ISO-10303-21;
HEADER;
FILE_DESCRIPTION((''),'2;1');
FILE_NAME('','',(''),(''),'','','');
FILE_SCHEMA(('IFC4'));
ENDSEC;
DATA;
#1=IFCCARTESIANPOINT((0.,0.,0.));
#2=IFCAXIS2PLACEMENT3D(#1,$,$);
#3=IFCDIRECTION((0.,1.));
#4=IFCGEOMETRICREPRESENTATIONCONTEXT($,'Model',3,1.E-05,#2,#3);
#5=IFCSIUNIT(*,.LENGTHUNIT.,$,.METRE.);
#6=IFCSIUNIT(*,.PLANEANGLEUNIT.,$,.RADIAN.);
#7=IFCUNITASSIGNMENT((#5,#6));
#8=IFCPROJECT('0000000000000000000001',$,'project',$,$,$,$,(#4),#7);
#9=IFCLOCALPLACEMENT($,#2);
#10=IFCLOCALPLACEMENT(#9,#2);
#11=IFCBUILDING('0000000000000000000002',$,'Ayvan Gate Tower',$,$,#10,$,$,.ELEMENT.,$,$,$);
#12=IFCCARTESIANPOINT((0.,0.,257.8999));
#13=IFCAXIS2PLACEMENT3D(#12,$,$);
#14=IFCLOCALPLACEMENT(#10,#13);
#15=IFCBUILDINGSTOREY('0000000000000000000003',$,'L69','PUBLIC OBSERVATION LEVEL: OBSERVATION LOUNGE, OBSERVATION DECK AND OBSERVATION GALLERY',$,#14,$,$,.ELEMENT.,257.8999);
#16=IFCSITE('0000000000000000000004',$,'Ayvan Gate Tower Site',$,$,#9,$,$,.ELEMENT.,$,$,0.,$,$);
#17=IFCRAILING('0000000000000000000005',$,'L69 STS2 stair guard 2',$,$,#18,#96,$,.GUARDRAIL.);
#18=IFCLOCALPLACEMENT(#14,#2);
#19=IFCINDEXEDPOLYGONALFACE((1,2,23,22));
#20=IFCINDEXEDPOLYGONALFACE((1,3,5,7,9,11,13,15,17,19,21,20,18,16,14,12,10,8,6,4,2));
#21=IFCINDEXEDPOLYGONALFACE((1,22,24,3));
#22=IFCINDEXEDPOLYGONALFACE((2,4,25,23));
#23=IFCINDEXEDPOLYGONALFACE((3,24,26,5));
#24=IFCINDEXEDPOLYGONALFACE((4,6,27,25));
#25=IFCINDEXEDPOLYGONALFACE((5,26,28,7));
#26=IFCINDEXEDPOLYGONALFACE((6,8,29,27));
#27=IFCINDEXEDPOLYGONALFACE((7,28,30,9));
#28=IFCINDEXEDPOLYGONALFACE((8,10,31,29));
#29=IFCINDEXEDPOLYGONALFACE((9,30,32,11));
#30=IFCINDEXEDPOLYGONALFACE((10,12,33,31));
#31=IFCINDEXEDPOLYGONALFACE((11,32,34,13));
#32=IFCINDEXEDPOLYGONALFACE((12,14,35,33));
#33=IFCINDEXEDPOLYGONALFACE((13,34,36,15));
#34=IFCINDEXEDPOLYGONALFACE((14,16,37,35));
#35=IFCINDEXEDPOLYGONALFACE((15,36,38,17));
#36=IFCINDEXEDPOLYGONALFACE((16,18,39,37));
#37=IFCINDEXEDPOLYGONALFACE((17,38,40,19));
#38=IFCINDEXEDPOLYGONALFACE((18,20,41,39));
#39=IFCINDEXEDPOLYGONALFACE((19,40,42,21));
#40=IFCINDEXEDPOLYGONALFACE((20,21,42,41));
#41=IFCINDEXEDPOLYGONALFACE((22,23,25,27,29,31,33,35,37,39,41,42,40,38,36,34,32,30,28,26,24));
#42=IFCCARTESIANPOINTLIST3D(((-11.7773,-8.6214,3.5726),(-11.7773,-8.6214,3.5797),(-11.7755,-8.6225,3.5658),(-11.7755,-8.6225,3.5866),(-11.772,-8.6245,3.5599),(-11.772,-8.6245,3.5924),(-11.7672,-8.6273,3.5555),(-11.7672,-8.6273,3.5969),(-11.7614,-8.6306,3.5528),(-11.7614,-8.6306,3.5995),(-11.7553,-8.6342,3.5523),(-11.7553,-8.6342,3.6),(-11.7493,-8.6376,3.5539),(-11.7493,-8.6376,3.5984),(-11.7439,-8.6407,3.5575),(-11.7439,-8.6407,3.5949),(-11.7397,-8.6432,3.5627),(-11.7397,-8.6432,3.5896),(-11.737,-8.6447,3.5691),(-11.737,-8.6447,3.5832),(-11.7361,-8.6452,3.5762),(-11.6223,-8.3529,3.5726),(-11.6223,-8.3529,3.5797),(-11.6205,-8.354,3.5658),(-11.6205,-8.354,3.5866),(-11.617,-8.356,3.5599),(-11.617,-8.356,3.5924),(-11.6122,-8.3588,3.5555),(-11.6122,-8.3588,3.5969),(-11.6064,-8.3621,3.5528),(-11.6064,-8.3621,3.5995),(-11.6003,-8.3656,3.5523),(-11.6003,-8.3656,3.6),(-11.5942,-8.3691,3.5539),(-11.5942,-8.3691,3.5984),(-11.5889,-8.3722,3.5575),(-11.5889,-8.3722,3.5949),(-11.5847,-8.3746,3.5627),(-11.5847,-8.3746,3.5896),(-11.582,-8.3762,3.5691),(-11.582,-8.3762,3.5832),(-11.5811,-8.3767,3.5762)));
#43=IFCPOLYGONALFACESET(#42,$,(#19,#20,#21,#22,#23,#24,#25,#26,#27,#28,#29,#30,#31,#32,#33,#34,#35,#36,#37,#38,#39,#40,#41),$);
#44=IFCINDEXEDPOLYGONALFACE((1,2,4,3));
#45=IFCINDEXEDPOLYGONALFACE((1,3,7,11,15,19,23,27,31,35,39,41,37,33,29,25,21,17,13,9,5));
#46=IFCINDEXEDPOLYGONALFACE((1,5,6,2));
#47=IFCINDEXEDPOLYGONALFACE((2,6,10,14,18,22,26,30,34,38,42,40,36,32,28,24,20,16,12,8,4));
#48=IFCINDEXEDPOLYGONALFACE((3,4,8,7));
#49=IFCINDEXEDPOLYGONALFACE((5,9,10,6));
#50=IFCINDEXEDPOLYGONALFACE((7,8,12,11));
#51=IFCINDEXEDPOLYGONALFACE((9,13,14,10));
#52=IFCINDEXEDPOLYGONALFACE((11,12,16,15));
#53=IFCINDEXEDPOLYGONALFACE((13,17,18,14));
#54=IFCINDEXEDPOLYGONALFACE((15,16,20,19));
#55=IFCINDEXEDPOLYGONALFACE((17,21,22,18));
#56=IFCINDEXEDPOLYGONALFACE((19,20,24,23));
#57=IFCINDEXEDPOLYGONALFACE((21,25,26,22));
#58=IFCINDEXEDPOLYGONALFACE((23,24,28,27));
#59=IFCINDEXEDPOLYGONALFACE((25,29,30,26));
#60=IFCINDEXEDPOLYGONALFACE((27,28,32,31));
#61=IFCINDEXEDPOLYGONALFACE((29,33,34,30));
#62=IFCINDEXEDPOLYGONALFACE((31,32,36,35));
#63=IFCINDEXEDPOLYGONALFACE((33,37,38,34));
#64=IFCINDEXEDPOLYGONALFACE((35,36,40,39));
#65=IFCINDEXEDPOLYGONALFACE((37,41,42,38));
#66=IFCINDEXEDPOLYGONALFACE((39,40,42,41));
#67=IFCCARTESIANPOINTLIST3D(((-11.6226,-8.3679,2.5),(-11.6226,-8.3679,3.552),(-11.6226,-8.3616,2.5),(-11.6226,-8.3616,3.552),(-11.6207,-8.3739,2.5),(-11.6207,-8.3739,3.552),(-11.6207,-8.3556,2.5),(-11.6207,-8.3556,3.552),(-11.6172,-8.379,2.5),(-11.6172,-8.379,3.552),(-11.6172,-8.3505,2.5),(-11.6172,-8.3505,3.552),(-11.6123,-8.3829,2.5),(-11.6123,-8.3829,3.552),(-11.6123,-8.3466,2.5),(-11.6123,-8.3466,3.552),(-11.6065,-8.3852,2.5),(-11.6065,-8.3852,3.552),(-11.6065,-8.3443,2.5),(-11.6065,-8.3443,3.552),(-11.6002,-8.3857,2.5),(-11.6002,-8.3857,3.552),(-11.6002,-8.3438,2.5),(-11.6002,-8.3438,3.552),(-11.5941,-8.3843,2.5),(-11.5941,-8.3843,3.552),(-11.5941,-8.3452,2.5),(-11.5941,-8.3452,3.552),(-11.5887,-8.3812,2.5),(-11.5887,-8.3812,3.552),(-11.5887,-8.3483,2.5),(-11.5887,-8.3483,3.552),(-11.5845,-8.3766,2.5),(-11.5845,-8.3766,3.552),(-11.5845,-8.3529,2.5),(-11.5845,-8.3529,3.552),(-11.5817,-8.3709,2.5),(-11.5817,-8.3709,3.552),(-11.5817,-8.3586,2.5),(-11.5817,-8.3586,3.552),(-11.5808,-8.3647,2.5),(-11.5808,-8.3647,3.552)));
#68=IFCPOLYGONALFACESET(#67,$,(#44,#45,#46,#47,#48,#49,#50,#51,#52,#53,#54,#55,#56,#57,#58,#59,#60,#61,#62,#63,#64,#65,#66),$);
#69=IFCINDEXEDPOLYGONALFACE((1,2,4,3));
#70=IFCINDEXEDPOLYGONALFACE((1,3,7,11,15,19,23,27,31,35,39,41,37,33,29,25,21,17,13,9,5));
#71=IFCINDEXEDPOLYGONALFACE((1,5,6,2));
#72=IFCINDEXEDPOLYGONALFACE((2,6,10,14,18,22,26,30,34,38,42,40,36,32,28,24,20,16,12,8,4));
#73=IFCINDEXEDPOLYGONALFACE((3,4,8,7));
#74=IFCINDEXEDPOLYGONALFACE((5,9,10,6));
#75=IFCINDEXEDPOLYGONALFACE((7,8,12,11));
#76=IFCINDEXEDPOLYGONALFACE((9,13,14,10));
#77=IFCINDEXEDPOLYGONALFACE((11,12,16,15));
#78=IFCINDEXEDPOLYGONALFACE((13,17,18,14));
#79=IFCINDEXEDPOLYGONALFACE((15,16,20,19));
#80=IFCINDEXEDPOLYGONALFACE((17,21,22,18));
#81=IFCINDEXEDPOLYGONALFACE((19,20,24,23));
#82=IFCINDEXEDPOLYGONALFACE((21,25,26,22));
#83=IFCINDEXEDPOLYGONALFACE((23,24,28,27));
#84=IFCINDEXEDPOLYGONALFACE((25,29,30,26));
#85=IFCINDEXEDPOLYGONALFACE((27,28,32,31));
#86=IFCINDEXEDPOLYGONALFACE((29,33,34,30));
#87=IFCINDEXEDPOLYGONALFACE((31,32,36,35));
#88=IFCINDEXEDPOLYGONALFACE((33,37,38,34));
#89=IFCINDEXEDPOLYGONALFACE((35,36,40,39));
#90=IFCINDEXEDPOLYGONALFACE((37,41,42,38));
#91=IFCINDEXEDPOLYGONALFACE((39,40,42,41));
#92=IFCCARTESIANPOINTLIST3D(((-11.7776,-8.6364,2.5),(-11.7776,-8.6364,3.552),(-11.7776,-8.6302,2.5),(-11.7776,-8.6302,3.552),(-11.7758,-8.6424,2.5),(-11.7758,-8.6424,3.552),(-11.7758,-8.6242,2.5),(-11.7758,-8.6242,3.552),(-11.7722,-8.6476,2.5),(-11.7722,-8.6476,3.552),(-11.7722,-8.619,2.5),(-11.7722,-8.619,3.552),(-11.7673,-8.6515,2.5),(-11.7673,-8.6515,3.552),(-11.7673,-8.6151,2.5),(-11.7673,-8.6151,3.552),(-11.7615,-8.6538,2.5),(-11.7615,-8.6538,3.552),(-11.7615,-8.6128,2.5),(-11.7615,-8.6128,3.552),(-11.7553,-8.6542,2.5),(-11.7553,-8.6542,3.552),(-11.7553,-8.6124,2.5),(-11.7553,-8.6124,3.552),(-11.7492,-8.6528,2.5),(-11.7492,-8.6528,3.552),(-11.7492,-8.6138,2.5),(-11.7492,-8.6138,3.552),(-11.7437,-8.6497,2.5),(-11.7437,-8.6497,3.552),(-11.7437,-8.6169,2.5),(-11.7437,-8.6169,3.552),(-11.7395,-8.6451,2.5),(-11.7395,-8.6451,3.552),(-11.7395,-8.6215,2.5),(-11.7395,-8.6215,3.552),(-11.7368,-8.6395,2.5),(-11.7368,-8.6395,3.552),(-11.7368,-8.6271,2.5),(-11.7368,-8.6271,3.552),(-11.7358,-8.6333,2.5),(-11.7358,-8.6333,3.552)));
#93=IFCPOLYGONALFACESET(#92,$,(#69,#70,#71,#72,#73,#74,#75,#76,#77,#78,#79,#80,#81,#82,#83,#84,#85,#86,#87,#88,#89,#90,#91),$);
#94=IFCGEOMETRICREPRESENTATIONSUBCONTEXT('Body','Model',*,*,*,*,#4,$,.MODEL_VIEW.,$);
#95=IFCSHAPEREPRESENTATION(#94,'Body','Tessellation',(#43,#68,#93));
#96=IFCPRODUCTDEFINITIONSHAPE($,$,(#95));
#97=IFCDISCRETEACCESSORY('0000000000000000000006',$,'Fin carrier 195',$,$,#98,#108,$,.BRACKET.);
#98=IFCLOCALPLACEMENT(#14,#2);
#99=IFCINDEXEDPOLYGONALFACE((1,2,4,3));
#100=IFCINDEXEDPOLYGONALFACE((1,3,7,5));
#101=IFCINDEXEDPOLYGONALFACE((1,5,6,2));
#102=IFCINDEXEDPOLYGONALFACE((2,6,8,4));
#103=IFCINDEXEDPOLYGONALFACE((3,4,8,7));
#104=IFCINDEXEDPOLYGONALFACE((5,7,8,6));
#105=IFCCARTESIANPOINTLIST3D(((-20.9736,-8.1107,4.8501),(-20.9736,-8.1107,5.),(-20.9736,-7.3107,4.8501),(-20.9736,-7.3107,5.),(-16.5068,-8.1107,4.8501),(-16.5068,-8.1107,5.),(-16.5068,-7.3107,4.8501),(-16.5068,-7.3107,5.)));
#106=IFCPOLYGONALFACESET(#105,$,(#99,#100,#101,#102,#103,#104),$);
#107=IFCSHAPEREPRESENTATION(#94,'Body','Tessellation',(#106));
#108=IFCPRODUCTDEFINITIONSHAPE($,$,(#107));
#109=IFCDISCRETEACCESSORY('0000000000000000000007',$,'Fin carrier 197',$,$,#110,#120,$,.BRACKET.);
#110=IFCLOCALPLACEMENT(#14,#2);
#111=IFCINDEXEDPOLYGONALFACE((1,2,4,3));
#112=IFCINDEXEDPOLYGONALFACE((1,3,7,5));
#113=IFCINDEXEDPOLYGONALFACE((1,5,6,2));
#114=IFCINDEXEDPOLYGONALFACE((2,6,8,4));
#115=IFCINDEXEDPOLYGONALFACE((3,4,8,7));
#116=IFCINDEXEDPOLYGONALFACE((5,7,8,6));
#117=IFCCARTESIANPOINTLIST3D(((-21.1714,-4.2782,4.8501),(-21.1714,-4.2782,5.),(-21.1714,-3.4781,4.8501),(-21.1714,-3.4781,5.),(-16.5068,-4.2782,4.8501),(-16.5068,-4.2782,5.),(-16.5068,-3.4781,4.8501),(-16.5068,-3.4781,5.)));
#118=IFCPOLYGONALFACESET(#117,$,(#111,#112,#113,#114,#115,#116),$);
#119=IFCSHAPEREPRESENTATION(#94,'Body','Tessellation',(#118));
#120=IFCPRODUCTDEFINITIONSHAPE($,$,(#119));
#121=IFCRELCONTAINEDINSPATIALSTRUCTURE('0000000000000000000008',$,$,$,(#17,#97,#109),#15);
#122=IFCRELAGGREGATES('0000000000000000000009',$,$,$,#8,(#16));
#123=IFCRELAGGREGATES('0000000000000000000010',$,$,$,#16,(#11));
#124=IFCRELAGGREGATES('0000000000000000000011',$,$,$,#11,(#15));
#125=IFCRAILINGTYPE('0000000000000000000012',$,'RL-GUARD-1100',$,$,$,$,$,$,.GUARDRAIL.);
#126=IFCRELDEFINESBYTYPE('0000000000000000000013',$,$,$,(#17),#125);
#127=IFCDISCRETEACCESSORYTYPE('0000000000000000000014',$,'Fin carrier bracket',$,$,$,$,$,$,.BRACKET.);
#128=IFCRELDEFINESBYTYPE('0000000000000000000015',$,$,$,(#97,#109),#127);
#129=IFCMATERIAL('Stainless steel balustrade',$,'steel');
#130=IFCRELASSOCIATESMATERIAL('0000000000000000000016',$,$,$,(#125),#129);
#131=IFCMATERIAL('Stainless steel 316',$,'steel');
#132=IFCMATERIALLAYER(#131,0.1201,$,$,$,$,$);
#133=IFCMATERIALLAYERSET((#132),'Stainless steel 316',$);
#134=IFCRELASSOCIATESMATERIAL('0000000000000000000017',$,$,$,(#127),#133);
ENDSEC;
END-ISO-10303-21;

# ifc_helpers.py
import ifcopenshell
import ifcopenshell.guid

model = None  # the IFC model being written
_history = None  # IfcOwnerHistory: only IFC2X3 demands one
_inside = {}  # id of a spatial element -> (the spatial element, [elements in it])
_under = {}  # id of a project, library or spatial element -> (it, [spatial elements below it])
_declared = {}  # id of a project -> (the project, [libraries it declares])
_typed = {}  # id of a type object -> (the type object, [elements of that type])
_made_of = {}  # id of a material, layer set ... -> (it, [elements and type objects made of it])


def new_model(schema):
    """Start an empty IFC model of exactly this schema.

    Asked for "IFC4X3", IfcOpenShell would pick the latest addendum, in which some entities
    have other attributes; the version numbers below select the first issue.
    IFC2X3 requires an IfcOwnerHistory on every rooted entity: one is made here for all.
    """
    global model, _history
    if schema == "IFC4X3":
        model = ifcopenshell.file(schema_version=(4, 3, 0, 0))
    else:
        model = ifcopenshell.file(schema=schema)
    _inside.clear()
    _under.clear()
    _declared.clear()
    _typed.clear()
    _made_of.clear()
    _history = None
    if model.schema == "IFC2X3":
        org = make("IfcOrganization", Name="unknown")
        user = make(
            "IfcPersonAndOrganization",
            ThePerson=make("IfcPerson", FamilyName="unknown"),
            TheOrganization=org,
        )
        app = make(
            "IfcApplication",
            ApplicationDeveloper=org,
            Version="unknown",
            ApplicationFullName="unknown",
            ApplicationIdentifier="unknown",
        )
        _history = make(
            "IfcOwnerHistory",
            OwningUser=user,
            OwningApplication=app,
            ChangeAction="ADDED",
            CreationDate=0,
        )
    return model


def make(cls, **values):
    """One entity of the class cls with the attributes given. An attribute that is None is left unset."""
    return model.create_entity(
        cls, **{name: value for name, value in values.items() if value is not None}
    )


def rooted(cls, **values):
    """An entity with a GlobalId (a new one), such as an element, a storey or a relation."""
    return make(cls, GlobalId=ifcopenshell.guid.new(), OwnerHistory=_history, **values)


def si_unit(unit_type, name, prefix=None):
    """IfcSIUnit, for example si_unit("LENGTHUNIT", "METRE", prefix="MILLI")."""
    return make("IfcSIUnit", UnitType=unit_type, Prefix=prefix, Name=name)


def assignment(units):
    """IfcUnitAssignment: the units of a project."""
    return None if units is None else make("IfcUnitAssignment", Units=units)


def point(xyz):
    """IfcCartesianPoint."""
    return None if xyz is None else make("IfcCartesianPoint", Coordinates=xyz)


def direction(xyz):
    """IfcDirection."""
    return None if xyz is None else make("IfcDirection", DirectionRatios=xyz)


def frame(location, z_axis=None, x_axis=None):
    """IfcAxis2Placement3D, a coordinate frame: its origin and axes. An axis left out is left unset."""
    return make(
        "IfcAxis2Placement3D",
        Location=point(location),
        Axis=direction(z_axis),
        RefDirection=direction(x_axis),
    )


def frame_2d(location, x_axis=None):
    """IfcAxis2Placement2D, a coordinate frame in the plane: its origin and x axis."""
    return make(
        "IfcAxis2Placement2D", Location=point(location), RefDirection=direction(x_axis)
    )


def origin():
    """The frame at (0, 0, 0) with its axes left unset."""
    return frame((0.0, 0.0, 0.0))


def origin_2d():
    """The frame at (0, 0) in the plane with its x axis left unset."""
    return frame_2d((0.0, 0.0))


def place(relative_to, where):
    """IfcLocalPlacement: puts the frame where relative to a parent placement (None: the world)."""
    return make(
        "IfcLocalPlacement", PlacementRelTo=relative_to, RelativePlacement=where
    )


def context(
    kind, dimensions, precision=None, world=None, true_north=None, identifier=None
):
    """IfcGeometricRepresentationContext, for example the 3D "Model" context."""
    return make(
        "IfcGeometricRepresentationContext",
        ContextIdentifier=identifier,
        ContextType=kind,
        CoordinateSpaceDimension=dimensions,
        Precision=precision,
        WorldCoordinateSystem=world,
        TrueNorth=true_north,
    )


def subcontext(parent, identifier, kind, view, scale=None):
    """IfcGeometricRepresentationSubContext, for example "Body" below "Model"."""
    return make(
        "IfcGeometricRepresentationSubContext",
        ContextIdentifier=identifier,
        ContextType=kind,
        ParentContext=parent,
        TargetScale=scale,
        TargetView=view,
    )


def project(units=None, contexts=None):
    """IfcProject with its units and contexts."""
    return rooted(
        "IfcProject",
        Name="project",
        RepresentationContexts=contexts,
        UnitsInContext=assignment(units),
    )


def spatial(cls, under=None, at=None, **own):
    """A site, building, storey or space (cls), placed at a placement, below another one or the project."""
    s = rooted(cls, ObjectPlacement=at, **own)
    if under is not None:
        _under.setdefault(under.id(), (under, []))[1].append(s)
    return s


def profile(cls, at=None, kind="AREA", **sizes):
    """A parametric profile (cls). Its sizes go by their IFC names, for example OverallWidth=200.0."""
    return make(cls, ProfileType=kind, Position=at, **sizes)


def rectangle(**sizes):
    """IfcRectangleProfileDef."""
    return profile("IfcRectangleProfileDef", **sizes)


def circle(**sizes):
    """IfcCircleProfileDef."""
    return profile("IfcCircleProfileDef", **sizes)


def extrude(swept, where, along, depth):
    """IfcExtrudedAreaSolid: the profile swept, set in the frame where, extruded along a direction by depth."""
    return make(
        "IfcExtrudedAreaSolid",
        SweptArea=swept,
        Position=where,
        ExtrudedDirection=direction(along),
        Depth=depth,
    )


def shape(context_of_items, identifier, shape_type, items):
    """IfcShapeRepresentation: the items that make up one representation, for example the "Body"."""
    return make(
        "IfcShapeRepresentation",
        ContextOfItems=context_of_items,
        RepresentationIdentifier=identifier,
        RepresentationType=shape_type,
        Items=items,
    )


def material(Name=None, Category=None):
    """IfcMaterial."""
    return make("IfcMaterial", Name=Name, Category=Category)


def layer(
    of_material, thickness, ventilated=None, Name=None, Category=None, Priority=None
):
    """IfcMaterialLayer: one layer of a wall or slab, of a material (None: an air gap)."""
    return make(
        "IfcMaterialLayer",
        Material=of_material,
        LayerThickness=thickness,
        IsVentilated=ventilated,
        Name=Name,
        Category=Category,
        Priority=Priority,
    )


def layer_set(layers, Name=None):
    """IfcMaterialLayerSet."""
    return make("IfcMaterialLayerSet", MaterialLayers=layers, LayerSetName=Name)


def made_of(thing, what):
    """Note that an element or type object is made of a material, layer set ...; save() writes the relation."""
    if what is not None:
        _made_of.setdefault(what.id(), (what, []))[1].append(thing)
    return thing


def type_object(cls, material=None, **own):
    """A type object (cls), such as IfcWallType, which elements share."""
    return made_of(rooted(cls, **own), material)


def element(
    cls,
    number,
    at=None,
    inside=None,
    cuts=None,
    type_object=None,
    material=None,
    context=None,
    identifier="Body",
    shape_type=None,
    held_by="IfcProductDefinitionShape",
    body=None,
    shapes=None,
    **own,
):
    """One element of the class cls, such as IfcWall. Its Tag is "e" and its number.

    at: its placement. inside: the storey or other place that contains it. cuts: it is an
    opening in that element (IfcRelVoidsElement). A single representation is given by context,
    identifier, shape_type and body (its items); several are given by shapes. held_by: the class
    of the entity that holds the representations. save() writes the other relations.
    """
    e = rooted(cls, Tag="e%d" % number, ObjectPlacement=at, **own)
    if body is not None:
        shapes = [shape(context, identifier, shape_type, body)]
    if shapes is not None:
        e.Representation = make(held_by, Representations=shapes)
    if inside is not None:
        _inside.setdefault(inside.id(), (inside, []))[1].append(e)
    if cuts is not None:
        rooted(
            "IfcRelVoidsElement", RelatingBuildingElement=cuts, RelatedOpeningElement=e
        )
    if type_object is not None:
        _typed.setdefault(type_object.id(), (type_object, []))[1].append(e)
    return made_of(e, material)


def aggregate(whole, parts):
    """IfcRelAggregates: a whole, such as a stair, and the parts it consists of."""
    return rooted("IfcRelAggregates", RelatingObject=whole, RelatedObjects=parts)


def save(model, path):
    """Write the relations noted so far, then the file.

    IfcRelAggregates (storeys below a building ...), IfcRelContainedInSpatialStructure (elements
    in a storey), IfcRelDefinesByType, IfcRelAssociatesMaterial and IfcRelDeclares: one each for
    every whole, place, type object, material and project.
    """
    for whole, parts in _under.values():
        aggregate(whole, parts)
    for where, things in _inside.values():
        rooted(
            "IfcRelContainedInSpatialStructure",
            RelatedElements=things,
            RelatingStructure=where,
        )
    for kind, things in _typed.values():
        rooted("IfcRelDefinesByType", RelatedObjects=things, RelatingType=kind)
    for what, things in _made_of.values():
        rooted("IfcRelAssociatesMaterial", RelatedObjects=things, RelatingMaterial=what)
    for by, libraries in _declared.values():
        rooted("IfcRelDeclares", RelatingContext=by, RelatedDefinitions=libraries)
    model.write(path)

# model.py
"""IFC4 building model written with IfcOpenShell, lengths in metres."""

from ifc_helpers import new_model, si_unit, direction, frame, origin, origin_2d, place, context, subcontext, project, spatial, rectangle, circle, extrude, material, layer, layer_set, type_object, element, save


model = new_model("IFC4")

# Units and contexts
model_context = context("Model", 3, precision=1e-05, world=origin(), true_north=direction((0.0, 1.0)))
body_context = subcontext(model_context, "Body", "Model", "MODEL_VIEW")
ifc_project = project(units=[si_unit("LENGTHUNIT", "METRE"), si_unit("PLANEANGLEUNIT", "RADIAN")], contexts=[model_context])

# Site, building, storey
site_placement = place(None, origin())
site = spatial("IfcSite", under=ifc_project, at=site_placement, Name="Ayvan Gate Tower Site", CompositionType="ELEMENT", RefElevation=0.0)
building_placement = place(site_placement, origin())
building = spatial("IfcBuilding", under=site, at=building_placement, Name="Ayvan Gate Tower", CompositionType="ELEMENT")
storey_placement = place(building_placement, frame((0.0, 0.0, 257.8999)))
storey = spatial("IfcBuildingStorey", under=building, at=storey_placement, Name="L69", Description="PUBLIC OBSERVATION LEVEL: OBSERVATION LOUNGE, OBSERVATION DECK AND OBSERVATION GALLERY", CompositionType="ELEMENT", Elevation=257.8999)

# Railing
ifc_material_1 = material(Name="Stainless steel balustrade", Category="steel")
railing_type = type_object("IfcRailingType", Name="RL-GUARD-1100", PredefinedType="GUARDRAIL", material=ifc_material_1)
railing_placement = place(storey_placement, frame((-11.6018, -8.3647, 2.5)))
element("IfcRailing", 1, at=railing_placement, inside=storey, type_object=railing_type, Name="L69 STS2 stair guard 2", PredefinedType="GUARDRAIL", context=body_context, shape_type="SweptSolid", body=[
    extrude(circle(Radius=0.0239, at=origin_2d()), frame((0.0, 0.0, 1.0762), z_axis=(-0.49995, -0.866054, 0.0), x_axis=(0.866054, -0.49995, 0.0)), (0.0, 0.0, 1.0), 0.3101),
    extrude(circle(Radius=0.021, at=origin_2d()), origin(), (0.0, 0.0, 1.0), 1.052),
    extrude(circle(Radius=0.021, at=origin_2d()), frame((-0.155, -0.2686, 0.0)), (0.0, 0.0, 1.0), 1.052),
])

# Discrete accessories
ifc_material_2 = material(Name="Stainless steel 316", Category="steel")
ifc_layer_1 = layer(ifc_material_2, 0.1201)
ifc_layer_set_1 = layer_set([ifc_layer_1], Name="Stainless steel 316")
discrete_accessory_type = type_object("IfcDiscreteAccessoryType", Name="Fin carrier bracket", PredefinedType="BRACKET", material=ifc_layer_set_1)
discrete_accessory_1_placement = place(storey_placement, frame((-18.7402, -7.7107, 4.8501), z_axis=(0.0, 0.0, 1.0), x_axis=(0.0, -1.0, 0.0)))
element("IfcDiscreteAccessory", 2, at=discrete_accessory_1_placement, inside=storey, type_object=discrete_accessory_type, Name="Fin carrier 195", PredefinedType="BRACKET", context=body_context, shape_type="SweptSolid", body=[
    extrude(rectangle(XDim=0.8, YDim=4.4668, at=origin_2d()), origin(), (0.0, 0.0, 1.0), 0.1499),
])
discrete_accessory_2_placement = place(storey_placement, frame((-18.8391, -3.8782, 4.8501), z_axis=(0.0, 0.0, 1.0), x_axis=(0.0, -1.0, 0.0)))
element("IfcDiscreteAccessory", 3, at=discrete_accessory_2_placement, inside=storey, type_object=discrete_accessory_type, Name="Fin carrier 197", PredefinedType="BRACKET", context=body_context, shape_type="SweptSolid", body=[
    extrude(rectangle(XDim=0.8, YDim=4.6646, at=origin_2d()), origin(), (0.0, 0.0, 1.0), 0.1499),
])

save(model, "model.ifc")
